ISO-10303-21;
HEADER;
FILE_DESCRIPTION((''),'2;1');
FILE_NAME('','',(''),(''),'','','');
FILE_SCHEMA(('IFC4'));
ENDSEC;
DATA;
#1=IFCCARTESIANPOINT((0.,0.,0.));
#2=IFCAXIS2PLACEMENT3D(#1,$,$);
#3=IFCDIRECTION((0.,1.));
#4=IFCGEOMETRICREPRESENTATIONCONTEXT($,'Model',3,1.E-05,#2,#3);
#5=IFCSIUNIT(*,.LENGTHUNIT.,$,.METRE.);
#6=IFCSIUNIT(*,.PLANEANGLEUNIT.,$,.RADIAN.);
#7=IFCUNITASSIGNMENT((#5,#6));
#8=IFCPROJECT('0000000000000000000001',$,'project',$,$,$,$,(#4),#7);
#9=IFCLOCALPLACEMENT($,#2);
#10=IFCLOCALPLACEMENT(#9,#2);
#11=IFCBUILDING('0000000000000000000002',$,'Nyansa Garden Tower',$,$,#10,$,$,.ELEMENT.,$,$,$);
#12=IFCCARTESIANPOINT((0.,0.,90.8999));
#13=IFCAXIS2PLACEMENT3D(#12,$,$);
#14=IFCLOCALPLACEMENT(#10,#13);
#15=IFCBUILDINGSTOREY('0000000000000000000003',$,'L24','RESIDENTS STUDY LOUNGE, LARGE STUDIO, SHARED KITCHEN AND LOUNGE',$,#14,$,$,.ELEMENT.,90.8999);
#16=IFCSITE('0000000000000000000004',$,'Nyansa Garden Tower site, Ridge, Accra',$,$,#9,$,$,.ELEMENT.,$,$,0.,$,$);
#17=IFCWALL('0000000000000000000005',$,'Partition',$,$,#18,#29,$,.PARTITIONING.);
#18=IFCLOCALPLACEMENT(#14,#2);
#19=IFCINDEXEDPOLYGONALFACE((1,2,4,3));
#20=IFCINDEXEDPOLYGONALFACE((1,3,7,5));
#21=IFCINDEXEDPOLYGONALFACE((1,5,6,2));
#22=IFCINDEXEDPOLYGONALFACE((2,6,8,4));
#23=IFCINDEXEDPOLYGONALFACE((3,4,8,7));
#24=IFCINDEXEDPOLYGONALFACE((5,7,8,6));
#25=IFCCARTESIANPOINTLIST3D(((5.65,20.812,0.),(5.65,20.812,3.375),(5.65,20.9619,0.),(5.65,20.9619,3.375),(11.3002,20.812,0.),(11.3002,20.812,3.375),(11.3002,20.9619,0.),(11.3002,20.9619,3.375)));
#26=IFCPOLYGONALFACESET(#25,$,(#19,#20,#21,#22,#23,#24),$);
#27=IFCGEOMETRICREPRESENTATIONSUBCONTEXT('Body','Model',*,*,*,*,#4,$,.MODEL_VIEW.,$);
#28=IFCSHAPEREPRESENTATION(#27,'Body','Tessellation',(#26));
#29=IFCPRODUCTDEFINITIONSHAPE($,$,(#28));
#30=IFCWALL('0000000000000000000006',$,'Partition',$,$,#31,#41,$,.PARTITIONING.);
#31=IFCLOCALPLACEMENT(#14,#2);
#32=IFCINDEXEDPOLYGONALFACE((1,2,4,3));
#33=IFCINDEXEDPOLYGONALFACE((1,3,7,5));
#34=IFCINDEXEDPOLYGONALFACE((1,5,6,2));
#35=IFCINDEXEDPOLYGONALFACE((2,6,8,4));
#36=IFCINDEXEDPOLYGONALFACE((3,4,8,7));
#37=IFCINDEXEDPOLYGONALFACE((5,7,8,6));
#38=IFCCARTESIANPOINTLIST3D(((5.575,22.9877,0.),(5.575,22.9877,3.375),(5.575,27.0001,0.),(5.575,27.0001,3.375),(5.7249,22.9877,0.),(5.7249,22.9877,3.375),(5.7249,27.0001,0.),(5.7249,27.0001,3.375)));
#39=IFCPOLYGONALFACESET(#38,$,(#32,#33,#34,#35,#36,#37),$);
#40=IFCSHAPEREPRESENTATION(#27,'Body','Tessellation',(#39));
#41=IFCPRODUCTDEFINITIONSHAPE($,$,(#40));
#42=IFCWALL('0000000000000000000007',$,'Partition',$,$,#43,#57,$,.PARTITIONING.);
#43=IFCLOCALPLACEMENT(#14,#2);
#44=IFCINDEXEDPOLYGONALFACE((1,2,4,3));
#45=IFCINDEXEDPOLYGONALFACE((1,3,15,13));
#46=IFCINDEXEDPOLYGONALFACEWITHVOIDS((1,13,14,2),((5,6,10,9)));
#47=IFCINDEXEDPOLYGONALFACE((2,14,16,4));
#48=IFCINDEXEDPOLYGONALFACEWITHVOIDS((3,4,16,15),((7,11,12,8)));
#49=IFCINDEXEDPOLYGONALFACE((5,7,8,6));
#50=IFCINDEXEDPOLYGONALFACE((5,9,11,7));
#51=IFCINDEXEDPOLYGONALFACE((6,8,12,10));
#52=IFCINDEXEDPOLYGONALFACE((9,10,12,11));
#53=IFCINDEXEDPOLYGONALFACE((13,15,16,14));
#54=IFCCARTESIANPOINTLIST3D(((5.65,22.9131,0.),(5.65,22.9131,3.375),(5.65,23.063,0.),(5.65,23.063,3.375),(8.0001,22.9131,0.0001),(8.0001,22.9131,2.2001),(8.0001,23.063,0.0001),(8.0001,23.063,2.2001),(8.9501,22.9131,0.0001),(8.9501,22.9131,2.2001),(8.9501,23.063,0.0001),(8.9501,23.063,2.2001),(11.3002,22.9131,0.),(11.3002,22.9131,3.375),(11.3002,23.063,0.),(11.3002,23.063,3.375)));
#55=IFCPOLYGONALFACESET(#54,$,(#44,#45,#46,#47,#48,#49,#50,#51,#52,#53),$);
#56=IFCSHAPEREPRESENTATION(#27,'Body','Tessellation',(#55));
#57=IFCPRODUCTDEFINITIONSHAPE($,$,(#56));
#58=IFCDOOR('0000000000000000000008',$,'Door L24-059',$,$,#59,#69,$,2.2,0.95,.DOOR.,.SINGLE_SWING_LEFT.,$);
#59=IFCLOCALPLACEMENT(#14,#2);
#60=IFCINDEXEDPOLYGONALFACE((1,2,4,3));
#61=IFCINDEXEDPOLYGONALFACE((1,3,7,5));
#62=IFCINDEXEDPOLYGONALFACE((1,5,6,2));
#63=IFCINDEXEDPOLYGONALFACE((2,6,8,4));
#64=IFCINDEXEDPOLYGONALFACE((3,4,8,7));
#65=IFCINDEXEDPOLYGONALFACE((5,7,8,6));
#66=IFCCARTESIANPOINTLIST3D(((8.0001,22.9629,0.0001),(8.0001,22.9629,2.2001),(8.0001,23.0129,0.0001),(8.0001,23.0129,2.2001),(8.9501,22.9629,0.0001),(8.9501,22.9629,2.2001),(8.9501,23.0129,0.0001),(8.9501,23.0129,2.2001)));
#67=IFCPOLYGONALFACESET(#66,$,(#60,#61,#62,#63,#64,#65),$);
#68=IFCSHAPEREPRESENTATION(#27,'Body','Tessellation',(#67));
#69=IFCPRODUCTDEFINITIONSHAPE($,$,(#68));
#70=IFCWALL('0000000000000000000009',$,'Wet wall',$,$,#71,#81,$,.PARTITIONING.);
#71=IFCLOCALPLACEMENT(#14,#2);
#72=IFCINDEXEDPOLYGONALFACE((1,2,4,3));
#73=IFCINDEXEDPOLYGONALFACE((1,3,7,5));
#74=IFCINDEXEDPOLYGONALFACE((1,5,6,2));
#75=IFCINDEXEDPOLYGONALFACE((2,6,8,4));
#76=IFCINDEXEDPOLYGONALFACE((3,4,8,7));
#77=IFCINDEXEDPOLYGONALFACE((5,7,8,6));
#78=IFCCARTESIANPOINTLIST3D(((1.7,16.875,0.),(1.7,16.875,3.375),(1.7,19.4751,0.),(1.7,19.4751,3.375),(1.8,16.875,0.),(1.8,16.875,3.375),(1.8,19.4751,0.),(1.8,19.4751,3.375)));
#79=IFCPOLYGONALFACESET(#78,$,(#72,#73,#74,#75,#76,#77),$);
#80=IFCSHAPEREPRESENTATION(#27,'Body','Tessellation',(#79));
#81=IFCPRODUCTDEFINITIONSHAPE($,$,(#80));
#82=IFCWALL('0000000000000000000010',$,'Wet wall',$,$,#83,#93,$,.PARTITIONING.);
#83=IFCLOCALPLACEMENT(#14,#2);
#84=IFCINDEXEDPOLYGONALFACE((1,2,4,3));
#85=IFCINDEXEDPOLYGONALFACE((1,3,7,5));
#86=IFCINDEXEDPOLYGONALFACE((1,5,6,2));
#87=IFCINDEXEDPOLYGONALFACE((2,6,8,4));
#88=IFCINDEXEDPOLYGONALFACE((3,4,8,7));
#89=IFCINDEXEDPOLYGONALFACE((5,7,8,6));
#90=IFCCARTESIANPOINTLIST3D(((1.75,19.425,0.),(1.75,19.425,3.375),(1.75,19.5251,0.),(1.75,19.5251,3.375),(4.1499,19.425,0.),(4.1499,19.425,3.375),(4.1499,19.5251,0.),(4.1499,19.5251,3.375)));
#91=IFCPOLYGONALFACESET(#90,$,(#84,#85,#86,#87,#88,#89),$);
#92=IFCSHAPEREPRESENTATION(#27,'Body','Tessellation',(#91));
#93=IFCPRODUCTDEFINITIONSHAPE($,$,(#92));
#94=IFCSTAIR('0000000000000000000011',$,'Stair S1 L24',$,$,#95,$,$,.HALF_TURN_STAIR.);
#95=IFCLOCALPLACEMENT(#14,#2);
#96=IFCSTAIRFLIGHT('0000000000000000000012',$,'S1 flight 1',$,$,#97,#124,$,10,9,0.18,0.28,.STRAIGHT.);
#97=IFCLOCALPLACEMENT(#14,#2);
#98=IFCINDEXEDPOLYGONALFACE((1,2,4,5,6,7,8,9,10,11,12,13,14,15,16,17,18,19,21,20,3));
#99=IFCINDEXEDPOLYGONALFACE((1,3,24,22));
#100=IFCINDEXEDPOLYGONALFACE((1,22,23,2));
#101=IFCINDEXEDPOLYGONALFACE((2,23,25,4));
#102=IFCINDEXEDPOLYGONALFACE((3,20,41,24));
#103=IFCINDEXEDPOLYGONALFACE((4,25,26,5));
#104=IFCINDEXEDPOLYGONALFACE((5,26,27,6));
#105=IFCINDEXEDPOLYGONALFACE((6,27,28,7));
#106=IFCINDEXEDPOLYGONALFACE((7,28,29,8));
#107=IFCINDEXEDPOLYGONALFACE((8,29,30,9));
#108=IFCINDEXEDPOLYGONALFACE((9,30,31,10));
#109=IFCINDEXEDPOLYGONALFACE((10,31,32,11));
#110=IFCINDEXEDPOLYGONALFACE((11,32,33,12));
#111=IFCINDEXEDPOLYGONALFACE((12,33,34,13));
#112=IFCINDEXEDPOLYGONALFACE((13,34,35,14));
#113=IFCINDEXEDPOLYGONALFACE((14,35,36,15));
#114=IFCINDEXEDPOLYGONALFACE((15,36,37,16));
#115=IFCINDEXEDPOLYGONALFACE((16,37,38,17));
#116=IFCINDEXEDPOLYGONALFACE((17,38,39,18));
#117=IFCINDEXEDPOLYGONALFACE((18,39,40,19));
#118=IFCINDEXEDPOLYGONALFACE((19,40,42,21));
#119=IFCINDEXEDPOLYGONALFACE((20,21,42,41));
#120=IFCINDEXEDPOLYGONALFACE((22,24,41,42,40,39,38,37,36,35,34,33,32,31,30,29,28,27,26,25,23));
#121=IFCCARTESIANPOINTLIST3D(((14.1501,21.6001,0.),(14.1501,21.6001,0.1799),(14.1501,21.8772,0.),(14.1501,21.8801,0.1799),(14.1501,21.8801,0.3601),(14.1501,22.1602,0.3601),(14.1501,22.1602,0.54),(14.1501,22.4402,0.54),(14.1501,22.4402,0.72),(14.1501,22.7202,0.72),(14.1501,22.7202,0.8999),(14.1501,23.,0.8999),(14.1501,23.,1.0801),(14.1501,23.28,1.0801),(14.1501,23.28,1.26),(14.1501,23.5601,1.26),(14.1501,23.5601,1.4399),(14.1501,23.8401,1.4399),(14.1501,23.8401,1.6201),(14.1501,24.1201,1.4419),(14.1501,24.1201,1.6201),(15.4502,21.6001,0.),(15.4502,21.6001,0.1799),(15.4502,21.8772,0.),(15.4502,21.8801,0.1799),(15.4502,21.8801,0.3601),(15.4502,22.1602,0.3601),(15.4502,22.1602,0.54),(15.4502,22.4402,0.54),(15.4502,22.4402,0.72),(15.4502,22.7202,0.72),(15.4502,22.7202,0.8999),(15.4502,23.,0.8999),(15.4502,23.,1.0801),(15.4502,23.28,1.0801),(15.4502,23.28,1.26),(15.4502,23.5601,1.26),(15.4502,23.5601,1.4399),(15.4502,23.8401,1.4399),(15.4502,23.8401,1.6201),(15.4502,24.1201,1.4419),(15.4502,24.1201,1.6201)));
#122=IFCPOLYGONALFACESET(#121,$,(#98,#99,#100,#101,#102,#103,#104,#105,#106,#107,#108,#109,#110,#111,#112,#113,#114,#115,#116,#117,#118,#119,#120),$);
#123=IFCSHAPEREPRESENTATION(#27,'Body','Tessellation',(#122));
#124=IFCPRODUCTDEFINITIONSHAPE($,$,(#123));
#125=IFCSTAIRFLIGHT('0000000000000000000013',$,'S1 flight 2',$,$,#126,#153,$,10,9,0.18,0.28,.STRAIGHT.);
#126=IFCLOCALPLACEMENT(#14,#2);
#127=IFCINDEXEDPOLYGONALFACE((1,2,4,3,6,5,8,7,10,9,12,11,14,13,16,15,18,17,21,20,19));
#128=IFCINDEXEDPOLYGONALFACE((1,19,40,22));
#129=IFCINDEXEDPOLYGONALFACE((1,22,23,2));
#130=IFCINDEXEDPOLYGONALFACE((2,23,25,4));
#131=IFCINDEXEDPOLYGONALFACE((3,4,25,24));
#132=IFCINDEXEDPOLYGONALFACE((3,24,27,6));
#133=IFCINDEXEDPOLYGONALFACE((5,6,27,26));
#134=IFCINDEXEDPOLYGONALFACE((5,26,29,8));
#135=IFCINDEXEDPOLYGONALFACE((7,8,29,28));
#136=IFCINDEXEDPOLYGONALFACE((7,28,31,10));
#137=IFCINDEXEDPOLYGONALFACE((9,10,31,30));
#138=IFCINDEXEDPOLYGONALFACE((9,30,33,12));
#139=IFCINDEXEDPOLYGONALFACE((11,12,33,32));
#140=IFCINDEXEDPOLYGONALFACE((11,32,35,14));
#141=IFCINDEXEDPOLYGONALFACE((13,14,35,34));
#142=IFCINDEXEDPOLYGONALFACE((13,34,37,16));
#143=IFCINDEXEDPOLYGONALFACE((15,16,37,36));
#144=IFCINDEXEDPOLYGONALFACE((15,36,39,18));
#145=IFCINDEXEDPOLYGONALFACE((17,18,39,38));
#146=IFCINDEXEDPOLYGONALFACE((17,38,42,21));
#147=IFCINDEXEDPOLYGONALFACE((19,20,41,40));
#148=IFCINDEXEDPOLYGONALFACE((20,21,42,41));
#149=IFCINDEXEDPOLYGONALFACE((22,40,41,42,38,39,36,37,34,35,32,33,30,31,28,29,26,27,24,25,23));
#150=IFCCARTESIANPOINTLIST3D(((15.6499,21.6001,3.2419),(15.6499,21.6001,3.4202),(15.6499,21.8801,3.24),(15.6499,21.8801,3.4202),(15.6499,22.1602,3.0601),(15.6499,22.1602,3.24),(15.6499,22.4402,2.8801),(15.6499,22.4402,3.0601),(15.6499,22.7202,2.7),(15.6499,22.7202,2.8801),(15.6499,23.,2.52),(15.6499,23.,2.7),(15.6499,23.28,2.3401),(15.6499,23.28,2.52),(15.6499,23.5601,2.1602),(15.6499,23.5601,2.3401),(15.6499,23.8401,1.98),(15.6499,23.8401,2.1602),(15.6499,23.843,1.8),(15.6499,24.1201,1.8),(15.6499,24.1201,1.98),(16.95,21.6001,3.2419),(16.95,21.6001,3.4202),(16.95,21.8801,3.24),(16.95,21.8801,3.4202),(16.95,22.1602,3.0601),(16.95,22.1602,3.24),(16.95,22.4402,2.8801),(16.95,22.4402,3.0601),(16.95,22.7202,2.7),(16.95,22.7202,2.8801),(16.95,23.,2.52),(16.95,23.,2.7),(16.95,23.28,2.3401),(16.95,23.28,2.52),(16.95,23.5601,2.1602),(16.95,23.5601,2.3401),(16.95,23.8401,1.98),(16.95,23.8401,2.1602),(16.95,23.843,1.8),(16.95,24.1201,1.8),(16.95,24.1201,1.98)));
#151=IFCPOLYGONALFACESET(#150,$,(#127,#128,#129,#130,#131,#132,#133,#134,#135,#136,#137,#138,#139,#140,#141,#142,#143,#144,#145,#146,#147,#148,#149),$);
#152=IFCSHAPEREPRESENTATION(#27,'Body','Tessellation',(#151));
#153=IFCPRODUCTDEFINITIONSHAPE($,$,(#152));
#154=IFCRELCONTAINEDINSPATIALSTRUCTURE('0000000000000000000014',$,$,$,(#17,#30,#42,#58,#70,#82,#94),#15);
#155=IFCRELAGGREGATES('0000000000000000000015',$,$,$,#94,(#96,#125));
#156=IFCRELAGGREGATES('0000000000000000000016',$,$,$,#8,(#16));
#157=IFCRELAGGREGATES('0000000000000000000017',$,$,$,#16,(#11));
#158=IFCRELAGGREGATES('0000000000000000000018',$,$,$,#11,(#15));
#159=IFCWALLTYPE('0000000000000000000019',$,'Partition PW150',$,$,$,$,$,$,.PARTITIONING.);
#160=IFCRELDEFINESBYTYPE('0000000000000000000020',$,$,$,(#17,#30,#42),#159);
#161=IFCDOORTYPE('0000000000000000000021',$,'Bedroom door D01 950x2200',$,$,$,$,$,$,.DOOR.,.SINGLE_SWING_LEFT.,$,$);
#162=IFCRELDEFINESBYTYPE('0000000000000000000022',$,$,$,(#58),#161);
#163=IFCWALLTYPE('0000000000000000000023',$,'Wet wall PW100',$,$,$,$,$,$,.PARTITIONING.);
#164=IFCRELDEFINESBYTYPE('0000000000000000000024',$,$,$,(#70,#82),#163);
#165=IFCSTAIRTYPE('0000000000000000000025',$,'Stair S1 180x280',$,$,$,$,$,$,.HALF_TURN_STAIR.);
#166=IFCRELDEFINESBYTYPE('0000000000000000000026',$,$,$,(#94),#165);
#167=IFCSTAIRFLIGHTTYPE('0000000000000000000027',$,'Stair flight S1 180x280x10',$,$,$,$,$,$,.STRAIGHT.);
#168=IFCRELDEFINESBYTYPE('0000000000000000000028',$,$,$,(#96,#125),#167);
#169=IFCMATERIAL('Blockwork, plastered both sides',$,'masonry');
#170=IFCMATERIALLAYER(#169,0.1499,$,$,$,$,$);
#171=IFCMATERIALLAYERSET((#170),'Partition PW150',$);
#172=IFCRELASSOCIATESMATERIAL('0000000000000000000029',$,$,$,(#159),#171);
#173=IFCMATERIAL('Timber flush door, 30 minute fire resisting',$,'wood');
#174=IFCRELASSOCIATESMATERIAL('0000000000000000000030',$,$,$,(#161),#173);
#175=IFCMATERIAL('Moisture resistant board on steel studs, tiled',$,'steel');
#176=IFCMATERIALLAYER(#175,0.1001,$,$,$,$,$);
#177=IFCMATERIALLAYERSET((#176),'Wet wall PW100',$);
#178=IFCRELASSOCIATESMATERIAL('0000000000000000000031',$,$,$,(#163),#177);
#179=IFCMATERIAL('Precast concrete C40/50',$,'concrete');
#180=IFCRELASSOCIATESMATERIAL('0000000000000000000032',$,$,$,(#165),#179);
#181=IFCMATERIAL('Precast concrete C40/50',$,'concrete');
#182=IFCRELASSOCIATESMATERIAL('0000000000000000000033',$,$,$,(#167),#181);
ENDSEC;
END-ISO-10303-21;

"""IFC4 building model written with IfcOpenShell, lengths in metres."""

from ifc_helpers import new_model, si_unit, direction, frame, frame_2d, origin, place, context, subcontext, project, spatial, polyline, rectangle, outline, extrude, material, layer, layer_set, type_object, element, fill, aggregate, save


model = new_model("IFC4")

# Units and contexts
model_context = context("Model", 3, precision=1e-05, world=origin(), true_north=direction((0.0, 1.0)))
body_context = subcontext(model_context, "Body", "Model", "MODEL_VIEW")
ifc_project = project(units=[si_unit("LENGTHUNIT", "METRE"), si_unit("PLANEANGLEUNIT", "RADIAN")], contexts=[model_context])

# Site, building, storey
site_placement = place(None, origin())
site = spatial("IfcSite", under=ifc_project, at=site_placement, Name="Nyansa Garden Tower site, Ridge, Accra", CompositionType="ELEMENT", RefElevation=0.0)
building_placement = place(site_placement, origin())
building = spatial("IfcBuilding", under=site, at=building_placement, Name="Nyansa Garden Tower", CompositionType="ELEMENT")
storey_placement = place(building_placement, frame((0.0, 0.0, 90.8999)))
storey = spatial("IfcBuildingStorey", under=building, at=storey_placement, Name="L24", Description="RESIDENTS STUDY LOUNGE, LARGE STUDIO, SHARED KITCHEN AND LOUNGE", CompositionType="ELEMENT", Elevation=90.8999)

# Shared definitions
ifc_material_1 = material(Name="Blockwork, plastered both sides", Category="masonry")
ifc_layer_1 = layer(ifc_material_1, 0.1499)
ifc_layer_set_1 = layer_set([ifc_layer_1], Name="Partition PW150")
wall_type_1 = type_object("IfcWallType", Name="Partition PW150", PredefinedType="PARTITIONING", material=ifc_layer_set_1)

# Walls
wall_1_placement = place(storey_placement, frame((5.6499, 20.887, 0.0), z_axis=(0.0, 0.0, 1.0), x_axis=(1.0, 0.0, 0.0)))
element("IfcWall", 1, at=wall_1_placement, inside=storey, type_object=wall_type_1, Name="Partition", PredefinedType="PARTITIONING", context=body_context, shape_type="SweptSolid", body=[
    extrude(rectangle(XDim=5.6501, YDim=0.1499, at=frame_2d((2.8252, 0.0))), origin(), (0.0, 0.0, 1.0), 3.375),
])
wall_2_placement = place(storey_placement, frame((5.6499, 22.9875, 0.0), z_axis=(0.0, 0.0, 1.0), x_axis=(0.0, 1.0, 0.0)))
element("IfcWall", 2, at=wall_2_placement, inside=storey, type_object=wall_type_1, Name="Partition", PredefinedType="PARTITIONING", context=body_context, shape_type="SweptSolid", body=[
    extrude(rectangle(XDim=4.0125, YDim=0.1499, at=frame_2d((2.0063, 0.0))), origin(), (0.0, 0.0, 1.0), 3.375),
])

# Wall, opening, door
wall_3_placement = place(storey_placement, frame((5.6499, 22.988, 0.0), z_axis=(0.0, 0.0, 1.0), x_axis=(1.0, 0.0, 0.0)))
wall_3 = element("IfcWall", 3, at=wall_3_placement, inside=storey, type_object=wall_type_1, Name="Partition", PredefinedType="PARTITIONING", context=body_context, shape_type="SweptSolid", body=[
    extrude(rectangle(XDim=5.6501, YDim=0.1499, at=frame_2d((2.8252, 0.0))), origin(), (0.0, 0.0, 1.0), 3.375),
])
opening_1_placement = place(wall_3_placement, frame((2.3501, 0.0, 0.0)))
opening_1 = element("IfcOpeningElement", 4, at=opening_1_placement, cuts=wall_3, PredefinedType="OPENING", context=body_context, shape_type="SweptSolid", body=[
    extrude(rectangle(XDim=0.95, YDim=2.2, at=frame_2d((0.4751, 1.1001))), frame((0.0, 0.085, 0.0), z_axis=(0.0, -1.0, 0.0), x_axis=(1.0, 0.0, 0.0)), (0.0, 0.0, 1.0), 0.1699),
])
ifc_material_2 = material(Name="Timber flush door, 30 minute fire resisting", Category="wood")
door_type_1 = type_object("IfcDoorType", Name="Bedroom door D01 950x2200", OperationType="SINGLE_SWING_LEFT", PredefinedType="DOOR", material=ifc_material_2)
door_1_placement = place(opening_1_placement, origin())
door_1 = element("IfcDoor", 5, at=door_1_placement, inside=storey, type_object=door_type_1, Name="Door L24-059", OperationType="SINGLE_SWING_LEFT", OverallHeight=2.2, OverallWidth=0.95, PredefinedType="DOOR", context=body_context, shape_type="SweptSolid", body=[
    extrude(rectangle(XDim=0.95, YDim=2.2, at=frame_2d((0.4751, 1.1001))), frame((0.0, 0.0249, 0.0), z_axis=(0.0, -1.0, 0.0), x_axis=(1.0, 0.0, 0.0)), (0.0, 0.0, 1.0), 0.05),
])
fill(opening_1, door_1)

# Walls
ifc_material_3 = material(Name="Moisture resistant board on steel studs, tiled", Category="steel")
ifc_layer_2 = layer(ifc_material_3, 0.1001)
ifc_layer_set_2 = layer_set([ifc_layer_2], Name="Wet wall PW100")
wall_type_2 = type_object("IfcWallType", Name="Wet wall PW100", PredefinedType="PARTITIONING", material=ifc_layer_set_2)
wall_4_placement = place(storey_placement, frame((1.75, 16.875, 0.0), z_axis=(0.0, 0.0, 1.0), x_axis=(0.0, 1.0, 0.0)))
element("IfcWall", 6, at=wall_4_placement, inside=storey, type_object=wall_type_2, Name="Wet wall", PredefinedType="PARTITIONING", context=body_context, shape_type="SweptSolid", body=[
    extrude(rectangle(XDim=2.6001, YDim=0.1001, at=frame_2d((1.3, 0.0))), origin(), (0.0, 0.0, 1.0), 3.375),
])
wall_5_placement = place(storey_placement, frame((1.75, 19.4751, 0.0), z_axis=(0.0, 0.0, 1.0), x_axis=(1.0, 0.0, 0.0)))
element("IfcWall", 7, at=wall_5_placement, inside=storey, type_object=wall_type_2, Name="Wet wall", PredefinedType="PARTITIONING", context=body_context, shape_type="SweptSolid", body=[
    extrude(rectangle(XDim=2.3999, YDim=0.1001, at=frame_2d((1.2, 0.0))), origin(), (0.0, 0.0, 1.0), 3.375),
])

# Stair, stair flights
ifc_material_4 = material(Name="Precast concrete C40/50", Category="concrete")
stair_type = type_object("IfcStairType", Name="Stair S1 180x280", PredefinedType="HALF_TURN_STAIR", material=ifc_material_4)
stair_placement = place(storey_placement, origin())
stair = element("IfcStair", 8, at=stair_placement, inside=storey, type_object=stair_type, Name="Stair S1 L24", PredefinedType="HALF_TURN_STAIR")
ifc_material_5 = material(Name="Precast concrete C40/50", Category="concrete")
stair_flight_type = type_object("IfcStairFlightType", Name="Stair flight S1 180x280x10", PredefinedType="STRAIGHT", material=ifc_material_5)
stair_flight_1_placement = place(storey_placement, frame((14.8, 21.6001, 0.0), z_axis=(0.0, 0.0, 1.0), x_axis=(0.0, 1.0, 0.0)))
stair_flight_1 = element("IfcStairFlight", 9, at=stair_flight_1_placement, type_object=stair_flight_type, Name="S1 flight 1", NumberOfRisers=10, NumberOfTreads=9, PredefinedType="STRAIGHT", RiserHeight=0.18, TreadLength=0.28, context=body_context, shape_type="SweptSolid", body=[
    extrude(outline(polyline([(0.0, 0.0), (0.0, 0.1799), (0.28, 0.1799), (0.28, 0.3601), (0.5601, 0.3601), (0.5601, 0.54), (0.8401, 0.54), (0.8401, 0.72), (1.1201, 0.72), (1.1201, 0.8999), (1.3999, 0.8999), (1.3999, 1.0801), (1.6799, 1.0801), (1.6799, 1.26), (1.96, 1.26), (1.96, 1.4399), (2.24, 1.4399), (2.24, 1.6201), (2.52, 1.6201), (2.52, 1.8), (2.52, 1.4419), (0.2771, 0.0), (0.0, 0.0)])), frame((0.0, 0.6499, 0.0), z_axis=(0.0, -1.0, 0.0), x_axis=(1.0, 0.0, 0.0)), (0.0, 0.0, 1.0), 1.3),
])
stair_flight_2_placement = place(storey_placement, frame((16.3, 24.1201, 1.8), z_axis=(0.0, 0.0, 1.0), x_axis=(0.0, -1.0, 0.0)))
stair_flight_2 = element("IfcStairFlight", 10, at=stair_flight_2_placement, type_object=stair_flight_type, Name="S1 flight 2", NumberOfRisers=10, NumberOfTreads=9, PredefinedType="STRAIGHT", RiserHeight=0.18, TreadLength=0.28, context=body_context, shape_type="SweptSolid", body=[
    extrude(outline(polyline([(0.0, 0.0), (0.0, 0.1799), (0.28, 0.1799), (0.28, 0.3601), (0.5601, 0.3601), (0.5601, 0.54), (0.8401, 0.54), (0.8401, 0.72), (1.1201, 0.72), (1.1201, 0.8999), (1.3999, 0.8999), (1.3999, 1.0801), (1.6799, 1.0801), (1.6799, 1.26), (1.96, 1.26), (1.96, 1.4399), (2.24, 1.4399), (2.24, 1.6201), (2.52, 1.6201), (2.52, 1.8), (2.52, 1.4419), (0.2771, 0.0), (0.0, 0.0)])), frame((0.0, 0.6499, 0.0), z_axis=(0.0, -1.0, 0.0), x_axis=(1.0, 0.0, 0.0)), (0.0, 0.0, 1.0), 1.3),
])
aggregate(stair, [stair_flight_1, stair_flight_2])

save(model, "model.ifc")
